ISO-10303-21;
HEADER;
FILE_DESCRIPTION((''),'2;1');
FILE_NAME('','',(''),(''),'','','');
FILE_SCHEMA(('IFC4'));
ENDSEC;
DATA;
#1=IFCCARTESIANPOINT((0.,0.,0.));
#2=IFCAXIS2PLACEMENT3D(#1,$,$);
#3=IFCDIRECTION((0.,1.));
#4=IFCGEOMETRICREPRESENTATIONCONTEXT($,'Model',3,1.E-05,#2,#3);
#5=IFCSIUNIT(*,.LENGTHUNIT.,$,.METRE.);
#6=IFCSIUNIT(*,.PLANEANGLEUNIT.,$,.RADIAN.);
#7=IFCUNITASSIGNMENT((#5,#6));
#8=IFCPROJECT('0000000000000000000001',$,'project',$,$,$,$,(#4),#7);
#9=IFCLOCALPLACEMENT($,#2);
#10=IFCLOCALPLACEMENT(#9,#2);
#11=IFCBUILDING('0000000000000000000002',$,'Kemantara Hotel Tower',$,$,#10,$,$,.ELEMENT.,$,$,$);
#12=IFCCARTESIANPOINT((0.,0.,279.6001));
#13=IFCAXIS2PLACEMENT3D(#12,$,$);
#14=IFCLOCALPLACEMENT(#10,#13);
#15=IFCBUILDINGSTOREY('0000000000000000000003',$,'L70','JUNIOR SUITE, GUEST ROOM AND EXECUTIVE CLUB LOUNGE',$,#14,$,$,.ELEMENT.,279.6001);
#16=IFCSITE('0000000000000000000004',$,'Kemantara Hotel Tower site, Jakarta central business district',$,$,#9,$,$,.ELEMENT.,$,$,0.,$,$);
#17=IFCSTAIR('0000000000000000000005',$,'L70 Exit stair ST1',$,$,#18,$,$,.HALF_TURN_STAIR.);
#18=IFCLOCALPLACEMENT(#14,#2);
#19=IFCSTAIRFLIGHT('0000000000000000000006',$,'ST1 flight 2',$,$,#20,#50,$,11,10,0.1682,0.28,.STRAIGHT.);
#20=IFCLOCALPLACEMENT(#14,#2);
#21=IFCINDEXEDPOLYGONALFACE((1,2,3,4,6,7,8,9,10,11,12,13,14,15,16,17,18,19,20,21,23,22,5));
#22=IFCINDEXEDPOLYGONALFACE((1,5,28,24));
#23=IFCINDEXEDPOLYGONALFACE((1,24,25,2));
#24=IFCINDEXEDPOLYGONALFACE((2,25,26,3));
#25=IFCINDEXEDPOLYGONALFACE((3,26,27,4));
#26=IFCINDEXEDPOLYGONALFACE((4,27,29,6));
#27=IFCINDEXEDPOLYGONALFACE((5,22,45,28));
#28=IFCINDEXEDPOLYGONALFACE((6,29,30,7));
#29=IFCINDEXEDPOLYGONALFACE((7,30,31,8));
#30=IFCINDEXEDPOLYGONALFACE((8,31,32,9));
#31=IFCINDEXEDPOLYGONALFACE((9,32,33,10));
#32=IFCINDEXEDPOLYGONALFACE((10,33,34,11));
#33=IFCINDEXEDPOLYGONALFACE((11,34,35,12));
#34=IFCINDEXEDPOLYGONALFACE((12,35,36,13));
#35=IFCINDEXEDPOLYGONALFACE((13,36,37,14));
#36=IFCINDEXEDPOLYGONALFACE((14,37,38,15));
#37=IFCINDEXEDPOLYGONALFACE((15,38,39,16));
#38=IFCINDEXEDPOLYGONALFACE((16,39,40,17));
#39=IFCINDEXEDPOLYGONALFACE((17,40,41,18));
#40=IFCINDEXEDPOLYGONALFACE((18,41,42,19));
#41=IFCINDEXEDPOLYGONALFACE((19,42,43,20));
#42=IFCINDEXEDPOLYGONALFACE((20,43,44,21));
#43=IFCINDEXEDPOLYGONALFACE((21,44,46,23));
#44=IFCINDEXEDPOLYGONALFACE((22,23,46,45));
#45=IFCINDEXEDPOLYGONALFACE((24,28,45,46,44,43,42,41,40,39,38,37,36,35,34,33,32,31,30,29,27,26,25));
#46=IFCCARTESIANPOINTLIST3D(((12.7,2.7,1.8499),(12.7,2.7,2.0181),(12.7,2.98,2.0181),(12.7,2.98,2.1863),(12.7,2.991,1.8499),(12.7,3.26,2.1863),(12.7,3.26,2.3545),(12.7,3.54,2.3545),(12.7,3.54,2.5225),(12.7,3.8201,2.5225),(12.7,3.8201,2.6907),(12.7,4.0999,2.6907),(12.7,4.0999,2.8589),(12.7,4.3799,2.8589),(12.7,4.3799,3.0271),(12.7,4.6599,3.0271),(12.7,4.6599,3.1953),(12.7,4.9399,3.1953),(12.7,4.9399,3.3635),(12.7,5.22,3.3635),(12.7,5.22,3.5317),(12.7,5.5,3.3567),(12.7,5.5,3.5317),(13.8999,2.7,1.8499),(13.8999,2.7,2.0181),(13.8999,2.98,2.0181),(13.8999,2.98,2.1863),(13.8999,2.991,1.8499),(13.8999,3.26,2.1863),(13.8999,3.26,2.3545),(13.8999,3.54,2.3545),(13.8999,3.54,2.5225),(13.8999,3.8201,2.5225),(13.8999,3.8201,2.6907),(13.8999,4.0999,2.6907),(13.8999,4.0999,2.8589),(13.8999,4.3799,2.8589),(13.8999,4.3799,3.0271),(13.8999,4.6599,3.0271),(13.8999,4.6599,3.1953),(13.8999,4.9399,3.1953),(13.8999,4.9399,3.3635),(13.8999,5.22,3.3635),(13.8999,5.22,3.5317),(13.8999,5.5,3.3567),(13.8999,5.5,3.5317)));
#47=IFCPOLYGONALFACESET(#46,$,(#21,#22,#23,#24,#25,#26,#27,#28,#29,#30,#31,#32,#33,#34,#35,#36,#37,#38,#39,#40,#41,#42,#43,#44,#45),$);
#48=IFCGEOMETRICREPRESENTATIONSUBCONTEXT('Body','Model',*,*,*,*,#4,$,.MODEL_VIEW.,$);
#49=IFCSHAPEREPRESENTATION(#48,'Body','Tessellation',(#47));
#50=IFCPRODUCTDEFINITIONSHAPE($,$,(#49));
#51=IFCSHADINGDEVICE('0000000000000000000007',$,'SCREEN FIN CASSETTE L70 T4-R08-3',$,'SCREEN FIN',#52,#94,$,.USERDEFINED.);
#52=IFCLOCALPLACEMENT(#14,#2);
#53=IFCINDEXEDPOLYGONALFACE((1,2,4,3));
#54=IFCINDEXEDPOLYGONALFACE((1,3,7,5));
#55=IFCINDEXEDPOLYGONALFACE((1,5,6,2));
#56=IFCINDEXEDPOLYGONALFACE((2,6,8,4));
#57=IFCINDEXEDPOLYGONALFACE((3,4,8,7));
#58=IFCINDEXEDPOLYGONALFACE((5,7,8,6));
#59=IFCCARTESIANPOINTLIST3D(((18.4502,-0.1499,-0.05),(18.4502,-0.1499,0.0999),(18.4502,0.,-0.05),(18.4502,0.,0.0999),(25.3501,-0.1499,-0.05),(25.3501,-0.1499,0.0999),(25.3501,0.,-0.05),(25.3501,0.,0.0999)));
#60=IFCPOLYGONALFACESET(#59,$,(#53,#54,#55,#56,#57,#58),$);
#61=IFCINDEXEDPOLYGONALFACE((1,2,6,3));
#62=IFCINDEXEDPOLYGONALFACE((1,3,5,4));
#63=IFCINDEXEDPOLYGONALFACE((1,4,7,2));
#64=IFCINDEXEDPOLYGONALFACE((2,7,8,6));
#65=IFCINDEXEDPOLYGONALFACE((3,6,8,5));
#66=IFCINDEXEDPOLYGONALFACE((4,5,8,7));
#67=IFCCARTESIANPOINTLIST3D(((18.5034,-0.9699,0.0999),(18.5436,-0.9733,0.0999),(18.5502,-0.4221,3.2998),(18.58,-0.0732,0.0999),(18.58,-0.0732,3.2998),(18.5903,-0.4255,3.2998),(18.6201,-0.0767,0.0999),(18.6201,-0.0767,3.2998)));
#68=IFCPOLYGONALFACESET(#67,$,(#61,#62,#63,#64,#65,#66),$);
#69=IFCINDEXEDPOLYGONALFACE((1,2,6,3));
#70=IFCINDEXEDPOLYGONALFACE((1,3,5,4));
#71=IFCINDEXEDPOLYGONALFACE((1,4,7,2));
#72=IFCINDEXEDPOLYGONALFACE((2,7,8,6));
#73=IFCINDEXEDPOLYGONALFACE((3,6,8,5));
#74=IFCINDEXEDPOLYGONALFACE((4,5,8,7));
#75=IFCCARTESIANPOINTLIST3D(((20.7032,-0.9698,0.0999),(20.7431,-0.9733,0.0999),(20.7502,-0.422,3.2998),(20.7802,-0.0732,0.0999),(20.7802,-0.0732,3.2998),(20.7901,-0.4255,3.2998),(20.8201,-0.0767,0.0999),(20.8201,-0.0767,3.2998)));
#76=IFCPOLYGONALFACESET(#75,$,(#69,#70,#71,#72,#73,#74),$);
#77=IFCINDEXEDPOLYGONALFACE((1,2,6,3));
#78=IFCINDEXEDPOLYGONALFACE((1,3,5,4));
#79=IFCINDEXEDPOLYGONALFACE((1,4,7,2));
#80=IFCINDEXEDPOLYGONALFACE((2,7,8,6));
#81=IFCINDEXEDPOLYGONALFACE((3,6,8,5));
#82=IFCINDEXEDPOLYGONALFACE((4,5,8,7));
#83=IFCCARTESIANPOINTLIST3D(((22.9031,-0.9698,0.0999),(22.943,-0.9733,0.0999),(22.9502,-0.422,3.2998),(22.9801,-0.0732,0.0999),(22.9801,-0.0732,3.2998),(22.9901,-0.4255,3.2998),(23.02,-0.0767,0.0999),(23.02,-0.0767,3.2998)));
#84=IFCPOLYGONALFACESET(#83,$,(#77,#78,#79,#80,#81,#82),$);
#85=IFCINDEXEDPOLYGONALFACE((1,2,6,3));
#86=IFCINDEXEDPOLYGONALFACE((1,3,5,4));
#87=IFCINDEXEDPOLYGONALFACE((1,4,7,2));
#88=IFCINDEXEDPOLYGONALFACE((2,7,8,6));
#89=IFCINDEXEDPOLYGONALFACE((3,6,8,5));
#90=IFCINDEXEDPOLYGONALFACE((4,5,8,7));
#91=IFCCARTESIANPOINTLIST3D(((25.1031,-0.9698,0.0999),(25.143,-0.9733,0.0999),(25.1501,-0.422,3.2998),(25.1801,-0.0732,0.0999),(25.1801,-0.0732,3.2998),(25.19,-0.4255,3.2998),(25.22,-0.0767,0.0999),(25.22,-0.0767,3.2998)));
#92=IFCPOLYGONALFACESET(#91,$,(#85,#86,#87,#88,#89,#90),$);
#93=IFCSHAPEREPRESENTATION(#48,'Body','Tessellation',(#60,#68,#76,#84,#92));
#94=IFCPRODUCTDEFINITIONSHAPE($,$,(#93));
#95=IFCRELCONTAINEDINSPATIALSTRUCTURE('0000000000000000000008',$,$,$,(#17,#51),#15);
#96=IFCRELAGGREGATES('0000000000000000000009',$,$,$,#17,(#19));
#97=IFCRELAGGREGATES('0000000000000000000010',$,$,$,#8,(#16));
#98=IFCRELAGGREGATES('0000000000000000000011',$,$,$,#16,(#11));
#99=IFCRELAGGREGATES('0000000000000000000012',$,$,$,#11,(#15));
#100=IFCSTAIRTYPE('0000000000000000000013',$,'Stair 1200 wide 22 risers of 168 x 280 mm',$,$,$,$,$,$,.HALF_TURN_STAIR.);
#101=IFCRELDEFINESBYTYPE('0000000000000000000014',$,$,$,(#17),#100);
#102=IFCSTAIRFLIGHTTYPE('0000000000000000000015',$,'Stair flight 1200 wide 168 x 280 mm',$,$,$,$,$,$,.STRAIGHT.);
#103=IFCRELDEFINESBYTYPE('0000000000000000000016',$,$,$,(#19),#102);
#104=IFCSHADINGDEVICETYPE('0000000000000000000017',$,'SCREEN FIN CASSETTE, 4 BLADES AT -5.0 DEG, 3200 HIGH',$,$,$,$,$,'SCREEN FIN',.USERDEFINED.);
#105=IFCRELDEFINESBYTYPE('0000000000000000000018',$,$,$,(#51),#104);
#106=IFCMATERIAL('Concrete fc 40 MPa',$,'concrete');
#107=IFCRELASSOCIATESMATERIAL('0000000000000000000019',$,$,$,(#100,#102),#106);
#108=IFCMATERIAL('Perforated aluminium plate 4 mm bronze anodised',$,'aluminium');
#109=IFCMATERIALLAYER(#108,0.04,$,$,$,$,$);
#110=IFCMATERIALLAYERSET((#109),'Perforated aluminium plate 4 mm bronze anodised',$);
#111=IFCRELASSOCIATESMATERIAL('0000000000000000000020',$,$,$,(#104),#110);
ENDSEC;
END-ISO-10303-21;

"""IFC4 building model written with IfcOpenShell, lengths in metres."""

from ifc_helpers import new_model, si_unit, direction, frame, origin, origin_2d, place, context, subcontext, project, spatial, polyline, rectangle, outline, extrude, source, transform, mapped, material, layer, layer_set, type_object, element, aggregate, save


model = new_model("IFC4")

# Units and contexts
model_context = context("Model", 3, precision=1e-05, world=origin(), true_north=direction((0.0, 1.0)))
body_context = subcontext(model_context, "Body", "Model", "MODEL_VIEW")
ifc_project = project(units=[si_unit("LENGTHUNIT", "METRE"), si_unit("PLANEANGLEUNIT", "RADIAN")], contexts=[model_context])

# Site, building, storey
site_placement = place(None, origin())
site = spatial("IfcSite", under=ifc_project, at=site_placement, Name="Kemantara Hotel Tower site, Jakarta central business district", CompositionType="ELEMENT", RefElevation=0.0)
building_placement = place(site_placement, origin())
building = spatial("IfcBuilding", under=site, at=building_placement, Name="Kemantara Hotel Tower", CompositionType="ELEMENT")
storey_placement = place(building_placement, frame((0.0, 0.0, 279.6001)))
storey = spatial("IfcBuildingStorey", under=building, at=storey_placement, Name="L70", Description="JUNIOR SUITE, GUEST ROOM AND EXECUTIVE CLUB LOUNGE", CompositionType="ELEMENT", Elevation=279.6001)

# Stair, stair flight
ifc_material_1 = material(Name="Concrete fc 40 MPa", Category="concrete")
stair_type = type_object("IfcStairType", Name="Stair 1200 wide 22 risers of 168 x 280 mm", PredefinedType="HALF_TURN_STAIR", material=ifc_material_1)
stair_placement = place(storey_placement, origin())
stair = element("IfcStair", 1, at=stair_placement, inside=storey, type_object=stair_type, Name="L70 Exit stair ST1", PredefinedType="HALF_TURN_STAIR")
stair_flight_type = type_object("IfcStairFlightType", Name="Stair flight 1200 wide 168 x 280 mm", PredefinedType="STRAIGHT", material=ifc_material_1)
stair_flight_placement = place(storey_placement, frame((13.3, 2.7, 1.8499), z_axis=(0.0, 0.0, 1.0), x_axis=(0.0, 1.0, 0.0)))
stair_flight = element("IfcStairFlight", 2, at=stair_flight_placement, type_object=stair_flight_type, Name="ST1 flight 2", NumberOfRisers=11, NumberOfTreads=10, PredefinedType="STRAIGHT", RiserHeight=0.1682, TreadLength=0.28, context=body_context, shape_type="SweptSolid", body=[
    extrude(outline(polyline([(0.0, 0.0), (0.0, 0.1682), (0.28, 0.1682), (0.28, 0.3364), (0.5601, 0.3364), (0.5601, 0.5046), (0.8401, 0.5046), (0.8401, 0.6726), (1.1201, 0.6726), (1.1201, 0.8408), (1.3999, 0.8408), (1.3999, 1.009), (1.6799, 1.009), (1.6799, 1.1772), (1.96, 1.1772), (1.96, 1.3455), (2.24, 1.3455), (2.24, 1.5137), (2.52, 1.5137), (2.52, 1.6819), (2.8, 1.6819), (2.8, 1.8501), (2.8, 1.5068), (0.291, 0.0), (0.0, 0.0)])), frame((0.0, 0.6001, 0.0), z_axis=(0.0, -1.0, 0.0), x_axis=(1.0, 0.0, 0.0)), (0.0, 0.0, 1.0), 1.2),
])
aggregate(stair, [stair_flight])

# Shading device
ifc_material_2 = material(Name="Perforated aluminium plate 4 mm bronze anodised", Category="aluminium")
ifc_layer_1 = layer(ifc_material_2, 0.04)
ifc_layer_set_1 = layer_set([ifc_layer_1], Name="Perforated aluminium plate 4 mm bronze anodised")
shading_device_type = type_object("IfcShadingDeviceType", Name="SCREEN FIN CASSETTE, 4 BLADES AT -5.0 DEG, 3200 HIGH", ElementType="SCREEN FIN", PredefinedType="USERDEFINED", material=ifc_layer_set_1)
shared_shape = source(origin(), body_context, "Body", "SweptSolid", [
    extrude(rectangle(XDim=6.8999, YDim=0.1499, at=origin_2d()), frame((3.3, -0.075, -0.1499), z_axis=(0.0, 0.0, 1.0), x_axis=(1.0, 0.0, 0.0)), (0.0, 0.0, 1.0), 0.1499),
    extrude(outline(polyline([(0.0, 0.0), (0.8999, 0.0), (0.3501, 3.2), (0.0, 3.2), (0.0, 0.0)])), frame((0.02, -0.0767, 0.0), z_axis=(-0.996376, 0.085056, 0.0), x_axis=(-0.085056, -0.996376, 0.0)), (0.0, 0.0, 1.0), 0.0403),
    extrude(outline(polyline([(0.0, 0.0), (0.8999, 0.0), (0.3501, 3.2), (0.0, 3.2), (0.0, 0.0)])), frame((2.22, -0.0767, 0.0), z_axis=(-0.996332, 0.085575, 0.0), x_axis=(-0.085575, -0.996332, 0.0)), (0.0, 0.0, 1.0), 0.04),
    extrude(outline(polyline([(0.0, 0.0), (0.8999, 0.0), (0.3501, 3.2), (0.0, 3.2), (0.0, 0.0)])), frame((4.4199, -0.0767, 0.0), z_axis=(-0.996332, 0.085575, 0.0), x_axis=(-0.085575, -0.996332, 0.0)), (0.0, 0.0, 1.0), 0.04),
    extrude(outline(polyline([(0.0, 0.0), (0.8999, 0.0), (0.3501, 3.2), (0.0, 3.2), (0.0, 0.0)])), frame((6.6199, -0.0767, 0.0), z_axis=(-0.996332, 0.085575, 0.0), x_axis=(-0.085575, -0.996332, 0.0)), (0.0, 0.0, 1.0), 0.04),
])
shading_device_placement = place(storey_placement, frame((18.6001, 0.0, 0.0999), z_axis=(0.0, 0.0, 1.0), x_axis=(1.0, 0.0, 0.0)))
element("IfcShadingDevice", 3, at=shading_device_placement, inside=storey, type_object=shading_device_type, Name="SCREEN FIN CASSETTE L70 T4-R08-3", ObjectType="SCREEN FIN", PredefinedType="USERDEFINED", context=body_context, shape_type="MappedRepresentation", body=[
    mapped(shared_shape, transform((0.0, 0.0, 0.0))),
])

save(model, "model.ifc")
